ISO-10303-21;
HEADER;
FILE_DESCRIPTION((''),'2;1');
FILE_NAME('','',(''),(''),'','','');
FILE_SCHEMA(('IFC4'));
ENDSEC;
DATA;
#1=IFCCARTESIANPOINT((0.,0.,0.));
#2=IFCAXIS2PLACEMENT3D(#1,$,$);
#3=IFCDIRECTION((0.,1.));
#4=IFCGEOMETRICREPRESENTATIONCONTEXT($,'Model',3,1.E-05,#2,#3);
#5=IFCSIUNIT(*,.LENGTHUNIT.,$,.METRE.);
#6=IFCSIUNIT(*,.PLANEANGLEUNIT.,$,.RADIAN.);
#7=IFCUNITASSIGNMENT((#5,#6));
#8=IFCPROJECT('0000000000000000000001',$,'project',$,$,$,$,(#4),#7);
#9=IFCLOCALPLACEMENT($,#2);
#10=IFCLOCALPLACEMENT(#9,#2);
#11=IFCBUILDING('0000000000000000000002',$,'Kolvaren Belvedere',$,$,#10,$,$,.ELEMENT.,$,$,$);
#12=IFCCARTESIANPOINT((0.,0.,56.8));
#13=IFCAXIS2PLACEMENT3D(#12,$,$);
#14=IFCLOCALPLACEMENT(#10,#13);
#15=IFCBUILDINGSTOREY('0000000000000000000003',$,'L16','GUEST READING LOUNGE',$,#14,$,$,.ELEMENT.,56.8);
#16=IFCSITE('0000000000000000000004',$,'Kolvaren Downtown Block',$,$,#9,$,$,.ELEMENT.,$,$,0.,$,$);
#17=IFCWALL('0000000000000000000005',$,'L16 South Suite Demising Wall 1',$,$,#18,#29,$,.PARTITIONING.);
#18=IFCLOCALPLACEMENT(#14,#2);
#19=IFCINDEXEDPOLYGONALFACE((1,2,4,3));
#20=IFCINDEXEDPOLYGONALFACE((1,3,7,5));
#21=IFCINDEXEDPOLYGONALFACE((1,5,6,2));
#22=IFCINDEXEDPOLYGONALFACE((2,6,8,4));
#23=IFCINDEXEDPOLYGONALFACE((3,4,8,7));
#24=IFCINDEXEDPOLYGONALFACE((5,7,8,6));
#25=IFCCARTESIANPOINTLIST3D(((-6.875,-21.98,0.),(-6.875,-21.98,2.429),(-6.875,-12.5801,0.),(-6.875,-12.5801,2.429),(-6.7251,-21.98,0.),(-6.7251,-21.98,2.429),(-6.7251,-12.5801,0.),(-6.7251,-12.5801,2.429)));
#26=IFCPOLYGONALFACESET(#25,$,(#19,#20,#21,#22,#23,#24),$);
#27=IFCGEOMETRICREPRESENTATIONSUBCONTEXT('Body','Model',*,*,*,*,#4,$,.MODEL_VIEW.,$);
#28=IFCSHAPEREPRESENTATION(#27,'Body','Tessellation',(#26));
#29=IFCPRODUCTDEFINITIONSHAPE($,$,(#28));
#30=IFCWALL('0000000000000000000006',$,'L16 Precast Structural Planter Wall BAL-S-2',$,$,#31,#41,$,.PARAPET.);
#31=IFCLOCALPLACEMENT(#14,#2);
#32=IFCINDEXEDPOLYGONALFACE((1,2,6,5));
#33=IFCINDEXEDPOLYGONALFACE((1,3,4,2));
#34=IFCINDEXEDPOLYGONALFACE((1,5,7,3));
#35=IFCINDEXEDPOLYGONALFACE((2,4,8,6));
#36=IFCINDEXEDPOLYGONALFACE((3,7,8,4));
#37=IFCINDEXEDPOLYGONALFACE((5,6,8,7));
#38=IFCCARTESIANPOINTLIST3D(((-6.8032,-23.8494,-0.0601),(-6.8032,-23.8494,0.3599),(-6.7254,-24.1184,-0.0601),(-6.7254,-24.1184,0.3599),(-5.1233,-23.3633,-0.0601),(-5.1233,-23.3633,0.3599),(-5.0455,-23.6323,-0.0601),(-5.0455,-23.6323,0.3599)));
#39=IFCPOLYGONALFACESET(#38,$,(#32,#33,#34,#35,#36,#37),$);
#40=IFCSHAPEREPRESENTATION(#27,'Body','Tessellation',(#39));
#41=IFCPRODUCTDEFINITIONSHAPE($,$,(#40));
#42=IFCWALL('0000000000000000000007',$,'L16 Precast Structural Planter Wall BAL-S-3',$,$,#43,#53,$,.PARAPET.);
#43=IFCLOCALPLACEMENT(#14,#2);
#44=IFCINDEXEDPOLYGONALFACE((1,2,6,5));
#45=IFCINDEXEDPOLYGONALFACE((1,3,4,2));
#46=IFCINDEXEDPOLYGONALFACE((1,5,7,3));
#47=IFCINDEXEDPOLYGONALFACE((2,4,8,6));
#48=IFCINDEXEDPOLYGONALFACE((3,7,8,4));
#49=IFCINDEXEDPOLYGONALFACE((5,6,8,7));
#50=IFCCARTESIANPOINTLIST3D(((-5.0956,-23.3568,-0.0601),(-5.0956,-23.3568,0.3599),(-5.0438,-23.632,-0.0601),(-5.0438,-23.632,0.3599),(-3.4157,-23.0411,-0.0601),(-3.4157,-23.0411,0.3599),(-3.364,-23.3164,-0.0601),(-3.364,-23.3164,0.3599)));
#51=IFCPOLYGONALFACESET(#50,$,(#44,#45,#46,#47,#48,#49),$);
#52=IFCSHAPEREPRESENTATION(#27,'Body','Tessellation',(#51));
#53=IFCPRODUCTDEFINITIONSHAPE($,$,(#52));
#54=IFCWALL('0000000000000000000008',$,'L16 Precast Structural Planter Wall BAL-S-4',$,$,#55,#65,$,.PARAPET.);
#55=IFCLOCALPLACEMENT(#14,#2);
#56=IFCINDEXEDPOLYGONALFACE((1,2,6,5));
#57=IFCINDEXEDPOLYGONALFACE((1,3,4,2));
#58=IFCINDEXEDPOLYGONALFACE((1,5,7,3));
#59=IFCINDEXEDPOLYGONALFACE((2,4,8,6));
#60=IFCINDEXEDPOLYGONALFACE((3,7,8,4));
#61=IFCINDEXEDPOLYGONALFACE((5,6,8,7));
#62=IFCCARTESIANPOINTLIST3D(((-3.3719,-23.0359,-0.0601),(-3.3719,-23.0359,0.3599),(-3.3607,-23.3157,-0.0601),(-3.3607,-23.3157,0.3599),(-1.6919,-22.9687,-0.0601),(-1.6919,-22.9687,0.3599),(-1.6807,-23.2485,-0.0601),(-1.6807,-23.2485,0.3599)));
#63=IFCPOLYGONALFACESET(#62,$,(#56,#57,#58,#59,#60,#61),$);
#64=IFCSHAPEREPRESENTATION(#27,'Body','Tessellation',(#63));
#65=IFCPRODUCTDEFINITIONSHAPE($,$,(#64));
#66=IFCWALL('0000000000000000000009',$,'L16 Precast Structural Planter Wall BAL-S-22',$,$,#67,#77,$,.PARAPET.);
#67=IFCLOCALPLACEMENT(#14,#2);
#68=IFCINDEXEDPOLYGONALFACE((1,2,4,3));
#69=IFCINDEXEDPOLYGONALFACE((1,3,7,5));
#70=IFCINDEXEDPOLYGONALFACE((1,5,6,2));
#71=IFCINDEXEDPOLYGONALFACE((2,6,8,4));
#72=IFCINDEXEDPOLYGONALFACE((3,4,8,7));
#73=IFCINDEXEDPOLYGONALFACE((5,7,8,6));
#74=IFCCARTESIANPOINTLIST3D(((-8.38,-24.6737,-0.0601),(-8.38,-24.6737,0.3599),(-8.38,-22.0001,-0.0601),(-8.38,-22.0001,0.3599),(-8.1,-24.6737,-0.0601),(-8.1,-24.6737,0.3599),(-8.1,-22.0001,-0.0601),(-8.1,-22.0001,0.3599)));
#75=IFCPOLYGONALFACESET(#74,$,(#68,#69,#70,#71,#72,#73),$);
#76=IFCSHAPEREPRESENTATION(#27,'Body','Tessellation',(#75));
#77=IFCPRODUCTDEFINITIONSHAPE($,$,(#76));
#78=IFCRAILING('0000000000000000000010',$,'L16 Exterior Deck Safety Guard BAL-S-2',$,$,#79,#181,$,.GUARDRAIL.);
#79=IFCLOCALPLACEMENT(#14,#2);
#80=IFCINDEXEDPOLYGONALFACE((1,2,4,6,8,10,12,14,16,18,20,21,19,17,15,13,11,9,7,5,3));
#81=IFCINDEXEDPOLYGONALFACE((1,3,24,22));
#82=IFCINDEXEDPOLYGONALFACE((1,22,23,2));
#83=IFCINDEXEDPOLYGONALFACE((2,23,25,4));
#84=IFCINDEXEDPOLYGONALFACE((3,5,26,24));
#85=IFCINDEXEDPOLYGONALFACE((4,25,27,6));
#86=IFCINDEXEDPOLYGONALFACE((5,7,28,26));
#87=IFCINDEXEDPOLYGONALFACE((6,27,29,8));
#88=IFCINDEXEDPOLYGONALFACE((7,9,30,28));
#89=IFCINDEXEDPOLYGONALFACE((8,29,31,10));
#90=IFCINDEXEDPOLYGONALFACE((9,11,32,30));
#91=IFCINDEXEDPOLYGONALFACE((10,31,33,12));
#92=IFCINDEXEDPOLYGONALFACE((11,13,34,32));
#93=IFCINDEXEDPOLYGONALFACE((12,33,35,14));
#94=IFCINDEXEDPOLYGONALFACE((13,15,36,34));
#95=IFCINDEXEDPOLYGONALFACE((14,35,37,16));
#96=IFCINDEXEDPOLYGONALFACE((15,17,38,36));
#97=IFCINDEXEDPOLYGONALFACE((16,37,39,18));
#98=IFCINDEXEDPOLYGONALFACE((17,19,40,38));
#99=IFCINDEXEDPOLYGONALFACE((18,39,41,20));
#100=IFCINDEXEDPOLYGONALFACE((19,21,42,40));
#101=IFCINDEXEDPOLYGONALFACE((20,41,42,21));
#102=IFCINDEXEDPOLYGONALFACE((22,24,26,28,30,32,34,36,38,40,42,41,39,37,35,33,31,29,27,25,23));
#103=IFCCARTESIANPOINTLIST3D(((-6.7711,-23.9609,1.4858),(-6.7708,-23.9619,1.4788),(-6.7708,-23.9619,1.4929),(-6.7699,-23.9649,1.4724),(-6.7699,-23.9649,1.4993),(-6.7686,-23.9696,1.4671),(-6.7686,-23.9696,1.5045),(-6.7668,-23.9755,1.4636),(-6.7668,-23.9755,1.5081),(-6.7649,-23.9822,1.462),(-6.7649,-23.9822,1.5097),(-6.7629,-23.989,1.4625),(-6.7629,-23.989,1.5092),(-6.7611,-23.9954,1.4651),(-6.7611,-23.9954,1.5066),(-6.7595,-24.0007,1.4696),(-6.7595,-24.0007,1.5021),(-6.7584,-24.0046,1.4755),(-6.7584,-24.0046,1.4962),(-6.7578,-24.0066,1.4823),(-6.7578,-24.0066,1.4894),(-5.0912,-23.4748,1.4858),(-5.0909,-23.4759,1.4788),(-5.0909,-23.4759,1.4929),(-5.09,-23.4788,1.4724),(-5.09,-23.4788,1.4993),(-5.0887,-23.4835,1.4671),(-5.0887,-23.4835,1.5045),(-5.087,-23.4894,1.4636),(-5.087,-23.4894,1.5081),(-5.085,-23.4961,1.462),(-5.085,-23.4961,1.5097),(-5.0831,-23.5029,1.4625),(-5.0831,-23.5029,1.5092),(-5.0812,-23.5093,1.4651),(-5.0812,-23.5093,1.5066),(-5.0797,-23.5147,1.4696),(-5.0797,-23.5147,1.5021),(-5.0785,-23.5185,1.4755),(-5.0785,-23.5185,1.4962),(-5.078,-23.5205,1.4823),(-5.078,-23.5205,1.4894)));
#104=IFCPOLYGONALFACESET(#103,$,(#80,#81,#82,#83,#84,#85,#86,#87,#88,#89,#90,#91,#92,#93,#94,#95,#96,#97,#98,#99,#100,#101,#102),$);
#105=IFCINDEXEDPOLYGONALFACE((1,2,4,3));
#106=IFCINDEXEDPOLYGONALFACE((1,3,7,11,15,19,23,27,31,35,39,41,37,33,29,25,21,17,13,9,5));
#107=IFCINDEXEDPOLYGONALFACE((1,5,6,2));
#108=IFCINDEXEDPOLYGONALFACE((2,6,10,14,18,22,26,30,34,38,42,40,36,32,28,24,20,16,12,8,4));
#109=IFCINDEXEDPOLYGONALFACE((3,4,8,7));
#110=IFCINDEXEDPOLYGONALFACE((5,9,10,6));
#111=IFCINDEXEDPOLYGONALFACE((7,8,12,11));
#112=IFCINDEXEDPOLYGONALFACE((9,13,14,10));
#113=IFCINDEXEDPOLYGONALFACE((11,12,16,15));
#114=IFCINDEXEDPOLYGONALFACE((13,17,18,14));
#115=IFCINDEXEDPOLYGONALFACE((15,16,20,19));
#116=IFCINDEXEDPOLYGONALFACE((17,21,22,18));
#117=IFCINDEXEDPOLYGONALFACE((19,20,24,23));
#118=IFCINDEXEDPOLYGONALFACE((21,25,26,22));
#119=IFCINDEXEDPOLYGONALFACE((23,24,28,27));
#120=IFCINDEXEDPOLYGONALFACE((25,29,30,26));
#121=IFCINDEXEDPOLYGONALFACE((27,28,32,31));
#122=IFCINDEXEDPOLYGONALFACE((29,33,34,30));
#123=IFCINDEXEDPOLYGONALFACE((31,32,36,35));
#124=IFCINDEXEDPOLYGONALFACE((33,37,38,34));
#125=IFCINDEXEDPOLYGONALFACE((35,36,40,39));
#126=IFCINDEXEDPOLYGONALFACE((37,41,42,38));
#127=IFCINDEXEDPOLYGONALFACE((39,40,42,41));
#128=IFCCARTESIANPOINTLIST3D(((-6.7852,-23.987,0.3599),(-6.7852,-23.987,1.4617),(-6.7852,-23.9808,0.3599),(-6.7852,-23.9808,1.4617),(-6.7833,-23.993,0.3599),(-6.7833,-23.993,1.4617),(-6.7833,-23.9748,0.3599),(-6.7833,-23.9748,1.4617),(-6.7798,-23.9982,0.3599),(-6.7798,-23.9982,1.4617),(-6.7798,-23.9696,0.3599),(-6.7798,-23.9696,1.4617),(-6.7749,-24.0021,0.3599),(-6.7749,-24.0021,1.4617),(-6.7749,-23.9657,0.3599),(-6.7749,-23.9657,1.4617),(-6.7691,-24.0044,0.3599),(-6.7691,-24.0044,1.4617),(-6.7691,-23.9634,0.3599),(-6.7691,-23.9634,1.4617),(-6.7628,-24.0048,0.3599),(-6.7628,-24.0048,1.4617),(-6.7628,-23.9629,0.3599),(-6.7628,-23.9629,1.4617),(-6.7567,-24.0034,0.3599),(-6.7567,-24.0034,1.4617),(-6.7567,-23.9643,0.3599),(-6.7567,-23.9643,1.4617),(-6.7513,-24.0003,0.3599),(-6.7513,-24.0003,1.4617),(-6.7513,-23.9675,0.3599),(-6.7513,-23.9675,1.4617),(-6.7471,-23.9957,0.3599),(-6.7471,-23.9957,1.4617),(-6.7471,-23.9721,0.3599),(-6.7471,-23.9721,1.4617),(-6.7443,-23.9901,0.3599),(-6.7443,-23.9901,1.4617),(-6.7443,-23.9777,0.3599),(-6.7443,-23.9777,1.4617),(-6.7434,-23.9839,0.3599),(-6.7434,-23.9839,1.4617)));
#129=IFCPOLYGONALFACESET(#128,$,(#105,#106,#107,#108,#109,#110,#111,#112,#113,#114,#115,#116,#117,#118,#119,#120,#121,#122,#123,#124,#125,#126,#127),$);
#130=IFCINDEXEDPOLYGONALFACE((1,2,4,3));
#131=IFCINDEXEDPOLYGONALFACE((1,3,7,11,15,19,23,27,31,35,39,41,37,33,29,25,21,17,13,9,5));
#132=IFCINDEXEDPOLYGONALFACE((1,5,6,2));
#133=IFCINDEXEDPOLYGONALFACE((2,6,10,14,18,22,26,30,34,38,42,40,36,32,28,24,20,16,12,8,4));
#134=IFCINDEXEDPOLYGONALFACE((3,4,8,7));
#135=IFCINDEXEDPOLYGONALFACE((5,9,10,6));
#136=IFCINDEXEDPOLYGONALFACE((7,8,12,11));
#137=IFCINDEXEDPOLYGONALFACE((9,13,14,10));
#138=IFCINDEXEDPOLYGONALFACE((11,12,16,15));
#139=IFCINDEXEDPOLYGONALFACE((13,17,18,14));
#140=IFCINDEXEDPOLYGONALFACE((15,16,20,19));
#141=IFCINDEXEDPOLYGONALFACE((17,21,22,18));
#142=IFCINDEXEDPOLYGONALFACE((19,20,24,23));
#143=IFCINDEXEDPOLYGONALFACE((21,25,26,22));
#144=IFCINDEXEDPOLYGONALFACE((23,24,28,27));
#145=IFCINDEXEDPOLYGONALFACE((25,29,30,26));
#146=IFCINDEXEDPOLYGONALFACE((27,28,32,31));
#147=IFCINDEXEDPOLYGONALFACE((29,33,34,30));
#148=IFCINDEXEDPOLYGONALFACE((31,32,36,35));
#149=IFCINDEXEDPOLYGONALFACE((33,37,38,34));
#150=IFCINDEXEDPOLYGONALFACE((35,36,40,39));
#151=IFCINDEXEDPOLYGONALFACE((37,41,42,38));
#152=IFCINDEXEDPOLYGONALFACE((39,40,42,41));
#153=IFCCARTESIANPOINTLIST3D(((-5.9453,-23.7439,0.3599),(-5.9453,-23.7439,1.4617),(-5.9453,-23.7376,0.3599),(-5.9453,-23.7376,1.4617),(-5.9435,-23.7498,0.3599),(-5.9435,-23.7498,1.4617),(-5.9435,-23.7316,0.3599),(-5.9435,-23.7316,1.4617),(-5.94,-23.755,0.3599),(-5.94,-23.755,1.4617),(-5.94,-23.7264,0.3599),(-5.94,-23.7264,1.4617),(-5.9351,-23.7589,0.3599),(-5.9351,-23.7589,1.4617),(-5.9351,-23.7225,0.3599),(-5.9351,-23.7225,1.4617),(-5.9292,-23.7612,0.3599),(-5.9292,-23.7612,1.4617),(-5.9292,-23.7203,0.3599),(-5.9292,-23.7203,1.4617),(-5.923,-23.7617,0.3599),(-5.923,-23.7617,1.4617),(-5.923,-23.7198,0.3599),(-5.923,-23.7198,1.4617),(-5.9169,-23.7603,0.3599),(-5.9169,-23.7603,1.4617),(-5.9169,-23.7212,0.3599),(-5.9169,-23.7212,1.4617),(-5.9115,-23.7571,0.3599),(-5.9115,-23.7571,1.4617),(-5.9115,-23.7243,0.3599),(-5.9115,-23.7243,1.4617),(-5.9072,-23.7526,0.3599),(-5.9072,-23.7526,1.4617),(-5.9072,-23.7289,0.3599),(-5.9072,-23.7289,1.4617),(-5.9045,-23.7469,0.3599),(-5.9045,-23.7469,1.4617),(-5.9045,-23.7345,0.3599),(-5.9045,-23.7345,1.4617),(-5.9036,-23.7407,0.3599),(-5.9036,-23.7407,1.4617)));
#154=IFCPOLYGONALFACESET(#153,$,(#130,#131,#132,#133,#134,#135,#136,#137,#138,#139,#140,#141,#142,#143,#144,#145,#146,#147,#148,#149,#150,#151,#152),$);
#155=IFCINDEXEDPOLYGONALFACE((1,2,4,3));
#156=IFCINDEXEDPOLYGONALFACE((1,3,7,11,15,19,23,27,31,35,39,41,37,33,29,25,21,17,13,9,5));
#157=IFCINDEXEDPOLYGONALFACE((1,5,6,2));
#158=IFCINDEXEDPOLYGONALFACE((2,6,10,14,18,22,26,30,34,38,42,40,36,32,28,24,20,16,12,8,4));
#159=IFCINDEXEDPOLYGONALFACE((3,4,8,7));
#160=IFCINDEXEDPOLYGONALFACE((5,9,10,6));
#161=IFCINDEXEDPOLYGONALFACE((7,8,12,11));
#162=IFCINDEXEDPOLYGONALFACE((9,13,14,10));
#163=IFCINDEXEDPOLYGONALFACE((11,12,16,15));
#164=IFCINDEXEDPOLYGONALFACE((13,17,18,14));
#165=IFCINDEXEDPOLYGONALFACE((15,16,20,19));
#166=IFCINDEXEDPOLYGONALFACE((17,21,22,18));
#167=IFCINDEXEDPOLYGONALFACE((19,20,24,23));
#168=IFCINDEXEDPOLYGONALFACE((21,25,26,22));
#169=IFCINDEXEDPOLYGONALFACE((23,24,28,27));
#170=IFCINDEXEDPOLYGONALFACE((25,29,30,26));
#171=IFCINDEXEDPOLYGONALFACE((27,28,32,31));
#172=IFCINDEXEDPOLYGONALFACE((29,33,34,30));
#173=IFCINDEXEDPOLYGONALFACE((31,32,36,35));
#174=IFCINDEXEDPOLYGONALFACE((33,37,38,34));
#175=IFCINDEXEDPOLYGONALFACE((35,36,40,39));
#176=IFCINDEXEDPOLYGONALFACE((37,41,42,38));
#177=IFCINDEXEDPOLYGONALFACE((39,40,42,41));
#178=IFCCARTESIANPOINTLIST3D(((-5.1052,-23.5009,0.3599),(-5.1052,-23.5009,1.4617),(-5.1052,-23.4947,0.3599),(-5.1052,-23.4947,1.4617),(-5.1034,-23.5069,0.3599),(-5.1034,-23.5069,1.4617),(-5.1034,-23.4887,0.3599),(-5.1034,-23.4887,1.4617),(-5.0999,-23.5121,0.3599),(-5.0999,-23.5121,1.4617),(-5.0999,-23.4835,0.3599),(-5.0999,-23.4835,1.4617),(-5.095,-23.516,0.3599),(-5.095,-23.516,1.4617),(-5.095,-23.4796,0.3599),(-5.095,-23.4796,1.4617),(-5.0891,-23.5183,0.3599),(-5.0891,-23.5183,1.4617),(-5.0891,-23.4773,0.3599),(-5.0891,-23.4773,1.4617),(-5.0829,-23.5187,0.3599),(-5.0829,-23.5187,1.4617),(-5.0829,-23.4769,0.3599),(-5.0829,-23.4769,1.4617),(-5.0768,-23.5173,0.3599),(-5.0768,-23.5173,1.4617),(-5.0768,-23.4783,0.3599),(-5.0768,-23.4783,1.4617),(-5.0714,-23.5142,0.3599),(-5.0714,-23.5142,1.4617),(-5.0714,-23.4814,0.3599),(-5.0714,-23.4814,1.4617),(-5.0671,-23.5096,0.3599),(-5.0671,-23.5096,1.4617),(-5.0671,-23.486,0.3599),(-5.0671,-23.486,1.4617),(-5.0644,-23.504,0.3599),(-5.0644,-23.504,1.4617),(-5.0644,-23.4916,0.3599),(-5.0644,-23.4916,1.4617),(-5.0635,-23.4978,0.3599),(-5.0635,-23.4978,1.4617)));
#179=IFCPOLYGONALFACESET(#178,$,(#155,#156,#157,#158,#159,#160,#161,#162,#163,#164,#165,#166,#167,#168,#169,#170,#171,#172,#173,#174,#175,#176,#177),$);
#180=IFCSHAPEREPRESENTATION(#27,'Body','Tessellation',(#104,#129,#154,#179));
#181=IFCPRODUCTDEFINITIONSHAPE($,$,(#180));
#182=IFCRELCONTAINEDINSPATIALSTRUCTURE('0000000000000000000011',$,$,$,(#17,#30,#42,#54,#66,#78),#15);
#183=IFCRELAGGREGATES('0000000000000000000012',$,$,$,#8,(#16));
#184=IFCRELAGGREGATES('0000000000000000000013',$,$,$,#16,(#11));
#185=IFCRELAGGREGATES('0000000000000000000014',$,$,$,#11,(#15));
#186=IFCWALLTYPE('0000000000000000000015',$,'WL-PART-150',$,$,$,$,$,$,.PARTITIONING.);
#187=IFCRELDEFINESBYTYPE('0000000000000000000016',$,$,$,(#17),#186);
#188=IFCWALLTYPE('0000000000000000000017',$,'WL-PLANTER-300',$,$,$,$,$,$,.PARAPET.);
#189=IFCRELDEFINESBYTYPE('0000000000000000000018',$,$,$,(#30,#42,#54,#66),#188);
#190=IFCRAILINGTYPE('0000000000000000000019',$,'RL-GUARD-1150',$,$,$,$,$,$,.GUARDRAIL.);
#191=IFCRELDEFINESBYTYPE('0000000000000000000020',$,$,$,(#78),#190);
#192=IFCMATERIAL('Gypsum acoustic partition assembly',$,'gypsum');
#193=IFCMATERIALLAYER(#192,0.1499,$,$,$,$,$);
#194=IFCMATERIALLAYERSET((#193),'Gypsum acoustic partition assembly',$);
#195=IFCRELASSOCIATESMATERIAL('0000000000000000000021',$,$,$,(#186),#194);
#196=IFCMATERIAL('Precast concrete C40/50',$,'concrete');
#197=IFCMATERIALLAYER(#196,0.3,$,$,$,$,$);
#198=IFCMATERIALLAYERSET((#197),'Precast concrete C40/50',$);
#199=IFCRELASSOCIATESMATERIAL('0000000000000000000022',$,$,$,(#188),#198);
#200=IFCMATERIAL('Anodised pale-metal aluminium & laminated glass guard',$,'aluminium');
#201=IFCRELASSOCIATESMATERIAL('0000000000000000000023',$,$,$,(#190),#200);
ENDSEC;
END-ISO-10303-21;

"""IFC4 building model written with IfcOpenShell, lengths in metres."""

from ifc_helpers import new_model, si_unit, direction, frame, frame_2d, origin, origin_2d, place, context, subcontext, project, spatial, rectangle, circle, extrude, material, layer, layer_set, type_object, element, save


model = new_model("IFC4")

# Units and contexts
model_context = context("Model", 3, precision=1e-05, world=origin(), true_north=direction((0.0, 1.0)))
body_context = subcontext(model_context, "Body", "Model", "MODEL_VIEW")
ifc_project = project(units=[si_unit("LENGTHUNIT", "METRE"), si_unit("PLANEANGLEUNIT", "RADIAN")], contexts=[model_context])

# Site, building, storey
site_placement = place(None, origin())
site = spatial("IfcSite", under=ifc_project, at=site_placement, Name="Kolvaren Downtown Block", CompositionType="ELEMENT", RefElevation=0.0)
building_placement = place(site_placement, origin())
building = spatial("IfcBuilding", under=site, at=building_placement, Name="Kolvaren Belvedere", CompositionType="ELEMENT")
storey_placement = place(building_placement, frame((0.0, 0.0, 56.8)))
storey = spatial("IfcBuildingStorey", under=building, at=storey_placement, Name="L16", Description="GUEST READING LOUNGE", CompositionType="ELEMENT", Elevation=56.8)

# Walls
ifc_material_1 = material(Name="Gypsum acoustic partition assembly", Category="gypsum")
ifc_layer_1 = layer(ifc_material_1, 0.1499)
ifc_layer_set_1 = layer_set([ifc_layer_1], Name="Gypsum acoustic partition assembly")
wall_type_1 = type_object("IfcWallType", Name="WL-PART-150", PredefinedType="PARTITIONING", material=ifc_layer_set_1)
wall_1_placement = place(storey_placement, frame((-6.8, -21.98, 0.0), z_axis=(0.0, 0.0, 1.0), x_axis=(0.0, 1.0, 0.0)))
element("IfcWall", 1, at=wall_1_placement, inside=storey, type_object=wall_type_1, Name="L16 South Suite Demising Wall 1", PredefinedType="PARTITIONING", context=body_context, shape_type="SweptSolid", body=[
    extrude(rectangle(XDim=9.3999, YDim=0.1499, at=frame_2d((4.7, 0.0))), origin(), (0.0, 0.0, 1.0), 2.429),
])
ifc_material_2 = material(Name="Precast concrete C40/50", Category="concrete")
ifc_layer_2 = layer(ifc_material_2, 0.3)
ifc_layer_set_2 = layer_set([ifc_layer_2], Name="Precast concrete C40/50")
wall_type_2 = type_object("IfcWallType", Name="WL-PLANTER-300", PredefinedType="PARAPET", material=ifc_layer_set_2)
wall_2_placement = place(storey_placement, frame((-6.7644, -23.9839, -0.0601), z_axis=(0.0, 0.0, 1.0), x_axis=(0.960597, 0.277946, 0.0)))
element("IfcWall", 2, at=wall_2_placement, inside=storey, type_object=wall_type_2, Name="L16 Precast Structural Planter Wall BAL-S-2", PredefinedType="PARAPET", context=body_context, shape_type="SweptSolid", body=[
    extrude(rectangle(XDim=1.7488, YDim=0.28, at=frame_2d((0.8745, 0.0))), origin(), (0.0, 0.0, 1.0), 0.4199),
])
wall_3_placement = place(storey_placement, frame((-5.0696, -23.4944, -0.0601), z_axis=(0.0, 0.0, 1.0), x_axis=(0.982799, 0.184677, 0.0)))
element("IfcWall", 3, at=wall_3_placement, inside=storey, type_object=wall_type_2, Name="L16 Precast Structural Planter Wall BAL-S-3", PredefinedType="PARAPET", context=body_context, shape_type="SweptSolid", body=[
    extrude(rectangle(XDim=1.7092, YDim=0.28, at=frame_2d((0.8545, 0.0))), origin(), (0.0, 0.0, 1.0), 0.4199),
])
wall_4_placement = place(storey_placement, frame((-3.3665, -23.1758, -0.0601), z_axis=(0.0, 0.0, 1.0), x_axis=(0.999203, 0.039927, 0.0)))
element("IfcWall", 4, at=wall_4_placement, inside=storey, type_object=wall_type_2, Name="L16 Precast Structural Planter Wall BAL-S-4", PredefinedType="PARAPET", context=body_context, shape_type="SweptSolid", body=[
    extrude(rectangle(XDim=1.6814, YDim=0.28, at=frame_2d((0.8408, 0.0))), origin(), (0.0, 0.0, 1.0), 0.4199),
])
wall_5_placement = place(storey_placement, frame((-8.24, -22.0, -0.0601), z_axis=(0.0, 0.0, 1.0), x_axis=(0.0, -1.0, 0.0)))
element("IfcWall", 5, at=wall_5_placement, inside=storey, type_object=wall_type_2, Name="L16 Precast Structural Planter Wall BAL-S-22", PredefinedType="PARAPET", context=body_context, shape_type="SweptSolid", body=[
    extrude(rectangle(XDim=2.6736, YDim=0.28, at=frame_2d((1.3369, 0.0))), origin(), (0.0, 0.0, 1.0), 0.4199),
])

# Railing
ifc_material_3 = material(Name="Anodised pale-metal aluminium & laminated glass guard", Category="aluminium")
railing_type = type_object("IfcRailingType", Name="RL-GUARD-1150", PredefinedType="GUARDRAIL", material=ifc_material_3)
railing_1_placement = place(storey_placement, frame((-6.7644, -23.9839, 0.3599)))
element("IfcRailing", 6, at=railing_1_placement, inside=storey, type_object=railing_type, Name="L16 Exterior Deck Safety Guard BAL-S-2", PredefinedType="GUARDRAIL", context=body_context, shape_type="SweptSolid", body=[
    extrude(circle(Radius=0.0239, at=origin_2d()), frame((0.0, 0.0, 1.126), z_axis=(0.960597, 0.277946, 0.0), x_axis=(-0.277946, 0.960597, 0.0)), (0.0, 0.0, 1.0), 1.7488),
    extrude(circle(Radius=0.021, at=origin_2d()), origin(), (0.0, 0.0, 1.0), 1.1018),
    extrude(circle(Radius=0.021, at=origin_2d()), frame((0.8398, 0.2432, 0.0)), (0.0, 0.0, 1.0), 1.1018),
    extrude(circle(Radius=0.021, at=origin_2d()), frame((1.6799, 0.4861, 0.0)), (0.0, 0.0, 1.0), 1.1018),
])

save(model, "model.ifc")
